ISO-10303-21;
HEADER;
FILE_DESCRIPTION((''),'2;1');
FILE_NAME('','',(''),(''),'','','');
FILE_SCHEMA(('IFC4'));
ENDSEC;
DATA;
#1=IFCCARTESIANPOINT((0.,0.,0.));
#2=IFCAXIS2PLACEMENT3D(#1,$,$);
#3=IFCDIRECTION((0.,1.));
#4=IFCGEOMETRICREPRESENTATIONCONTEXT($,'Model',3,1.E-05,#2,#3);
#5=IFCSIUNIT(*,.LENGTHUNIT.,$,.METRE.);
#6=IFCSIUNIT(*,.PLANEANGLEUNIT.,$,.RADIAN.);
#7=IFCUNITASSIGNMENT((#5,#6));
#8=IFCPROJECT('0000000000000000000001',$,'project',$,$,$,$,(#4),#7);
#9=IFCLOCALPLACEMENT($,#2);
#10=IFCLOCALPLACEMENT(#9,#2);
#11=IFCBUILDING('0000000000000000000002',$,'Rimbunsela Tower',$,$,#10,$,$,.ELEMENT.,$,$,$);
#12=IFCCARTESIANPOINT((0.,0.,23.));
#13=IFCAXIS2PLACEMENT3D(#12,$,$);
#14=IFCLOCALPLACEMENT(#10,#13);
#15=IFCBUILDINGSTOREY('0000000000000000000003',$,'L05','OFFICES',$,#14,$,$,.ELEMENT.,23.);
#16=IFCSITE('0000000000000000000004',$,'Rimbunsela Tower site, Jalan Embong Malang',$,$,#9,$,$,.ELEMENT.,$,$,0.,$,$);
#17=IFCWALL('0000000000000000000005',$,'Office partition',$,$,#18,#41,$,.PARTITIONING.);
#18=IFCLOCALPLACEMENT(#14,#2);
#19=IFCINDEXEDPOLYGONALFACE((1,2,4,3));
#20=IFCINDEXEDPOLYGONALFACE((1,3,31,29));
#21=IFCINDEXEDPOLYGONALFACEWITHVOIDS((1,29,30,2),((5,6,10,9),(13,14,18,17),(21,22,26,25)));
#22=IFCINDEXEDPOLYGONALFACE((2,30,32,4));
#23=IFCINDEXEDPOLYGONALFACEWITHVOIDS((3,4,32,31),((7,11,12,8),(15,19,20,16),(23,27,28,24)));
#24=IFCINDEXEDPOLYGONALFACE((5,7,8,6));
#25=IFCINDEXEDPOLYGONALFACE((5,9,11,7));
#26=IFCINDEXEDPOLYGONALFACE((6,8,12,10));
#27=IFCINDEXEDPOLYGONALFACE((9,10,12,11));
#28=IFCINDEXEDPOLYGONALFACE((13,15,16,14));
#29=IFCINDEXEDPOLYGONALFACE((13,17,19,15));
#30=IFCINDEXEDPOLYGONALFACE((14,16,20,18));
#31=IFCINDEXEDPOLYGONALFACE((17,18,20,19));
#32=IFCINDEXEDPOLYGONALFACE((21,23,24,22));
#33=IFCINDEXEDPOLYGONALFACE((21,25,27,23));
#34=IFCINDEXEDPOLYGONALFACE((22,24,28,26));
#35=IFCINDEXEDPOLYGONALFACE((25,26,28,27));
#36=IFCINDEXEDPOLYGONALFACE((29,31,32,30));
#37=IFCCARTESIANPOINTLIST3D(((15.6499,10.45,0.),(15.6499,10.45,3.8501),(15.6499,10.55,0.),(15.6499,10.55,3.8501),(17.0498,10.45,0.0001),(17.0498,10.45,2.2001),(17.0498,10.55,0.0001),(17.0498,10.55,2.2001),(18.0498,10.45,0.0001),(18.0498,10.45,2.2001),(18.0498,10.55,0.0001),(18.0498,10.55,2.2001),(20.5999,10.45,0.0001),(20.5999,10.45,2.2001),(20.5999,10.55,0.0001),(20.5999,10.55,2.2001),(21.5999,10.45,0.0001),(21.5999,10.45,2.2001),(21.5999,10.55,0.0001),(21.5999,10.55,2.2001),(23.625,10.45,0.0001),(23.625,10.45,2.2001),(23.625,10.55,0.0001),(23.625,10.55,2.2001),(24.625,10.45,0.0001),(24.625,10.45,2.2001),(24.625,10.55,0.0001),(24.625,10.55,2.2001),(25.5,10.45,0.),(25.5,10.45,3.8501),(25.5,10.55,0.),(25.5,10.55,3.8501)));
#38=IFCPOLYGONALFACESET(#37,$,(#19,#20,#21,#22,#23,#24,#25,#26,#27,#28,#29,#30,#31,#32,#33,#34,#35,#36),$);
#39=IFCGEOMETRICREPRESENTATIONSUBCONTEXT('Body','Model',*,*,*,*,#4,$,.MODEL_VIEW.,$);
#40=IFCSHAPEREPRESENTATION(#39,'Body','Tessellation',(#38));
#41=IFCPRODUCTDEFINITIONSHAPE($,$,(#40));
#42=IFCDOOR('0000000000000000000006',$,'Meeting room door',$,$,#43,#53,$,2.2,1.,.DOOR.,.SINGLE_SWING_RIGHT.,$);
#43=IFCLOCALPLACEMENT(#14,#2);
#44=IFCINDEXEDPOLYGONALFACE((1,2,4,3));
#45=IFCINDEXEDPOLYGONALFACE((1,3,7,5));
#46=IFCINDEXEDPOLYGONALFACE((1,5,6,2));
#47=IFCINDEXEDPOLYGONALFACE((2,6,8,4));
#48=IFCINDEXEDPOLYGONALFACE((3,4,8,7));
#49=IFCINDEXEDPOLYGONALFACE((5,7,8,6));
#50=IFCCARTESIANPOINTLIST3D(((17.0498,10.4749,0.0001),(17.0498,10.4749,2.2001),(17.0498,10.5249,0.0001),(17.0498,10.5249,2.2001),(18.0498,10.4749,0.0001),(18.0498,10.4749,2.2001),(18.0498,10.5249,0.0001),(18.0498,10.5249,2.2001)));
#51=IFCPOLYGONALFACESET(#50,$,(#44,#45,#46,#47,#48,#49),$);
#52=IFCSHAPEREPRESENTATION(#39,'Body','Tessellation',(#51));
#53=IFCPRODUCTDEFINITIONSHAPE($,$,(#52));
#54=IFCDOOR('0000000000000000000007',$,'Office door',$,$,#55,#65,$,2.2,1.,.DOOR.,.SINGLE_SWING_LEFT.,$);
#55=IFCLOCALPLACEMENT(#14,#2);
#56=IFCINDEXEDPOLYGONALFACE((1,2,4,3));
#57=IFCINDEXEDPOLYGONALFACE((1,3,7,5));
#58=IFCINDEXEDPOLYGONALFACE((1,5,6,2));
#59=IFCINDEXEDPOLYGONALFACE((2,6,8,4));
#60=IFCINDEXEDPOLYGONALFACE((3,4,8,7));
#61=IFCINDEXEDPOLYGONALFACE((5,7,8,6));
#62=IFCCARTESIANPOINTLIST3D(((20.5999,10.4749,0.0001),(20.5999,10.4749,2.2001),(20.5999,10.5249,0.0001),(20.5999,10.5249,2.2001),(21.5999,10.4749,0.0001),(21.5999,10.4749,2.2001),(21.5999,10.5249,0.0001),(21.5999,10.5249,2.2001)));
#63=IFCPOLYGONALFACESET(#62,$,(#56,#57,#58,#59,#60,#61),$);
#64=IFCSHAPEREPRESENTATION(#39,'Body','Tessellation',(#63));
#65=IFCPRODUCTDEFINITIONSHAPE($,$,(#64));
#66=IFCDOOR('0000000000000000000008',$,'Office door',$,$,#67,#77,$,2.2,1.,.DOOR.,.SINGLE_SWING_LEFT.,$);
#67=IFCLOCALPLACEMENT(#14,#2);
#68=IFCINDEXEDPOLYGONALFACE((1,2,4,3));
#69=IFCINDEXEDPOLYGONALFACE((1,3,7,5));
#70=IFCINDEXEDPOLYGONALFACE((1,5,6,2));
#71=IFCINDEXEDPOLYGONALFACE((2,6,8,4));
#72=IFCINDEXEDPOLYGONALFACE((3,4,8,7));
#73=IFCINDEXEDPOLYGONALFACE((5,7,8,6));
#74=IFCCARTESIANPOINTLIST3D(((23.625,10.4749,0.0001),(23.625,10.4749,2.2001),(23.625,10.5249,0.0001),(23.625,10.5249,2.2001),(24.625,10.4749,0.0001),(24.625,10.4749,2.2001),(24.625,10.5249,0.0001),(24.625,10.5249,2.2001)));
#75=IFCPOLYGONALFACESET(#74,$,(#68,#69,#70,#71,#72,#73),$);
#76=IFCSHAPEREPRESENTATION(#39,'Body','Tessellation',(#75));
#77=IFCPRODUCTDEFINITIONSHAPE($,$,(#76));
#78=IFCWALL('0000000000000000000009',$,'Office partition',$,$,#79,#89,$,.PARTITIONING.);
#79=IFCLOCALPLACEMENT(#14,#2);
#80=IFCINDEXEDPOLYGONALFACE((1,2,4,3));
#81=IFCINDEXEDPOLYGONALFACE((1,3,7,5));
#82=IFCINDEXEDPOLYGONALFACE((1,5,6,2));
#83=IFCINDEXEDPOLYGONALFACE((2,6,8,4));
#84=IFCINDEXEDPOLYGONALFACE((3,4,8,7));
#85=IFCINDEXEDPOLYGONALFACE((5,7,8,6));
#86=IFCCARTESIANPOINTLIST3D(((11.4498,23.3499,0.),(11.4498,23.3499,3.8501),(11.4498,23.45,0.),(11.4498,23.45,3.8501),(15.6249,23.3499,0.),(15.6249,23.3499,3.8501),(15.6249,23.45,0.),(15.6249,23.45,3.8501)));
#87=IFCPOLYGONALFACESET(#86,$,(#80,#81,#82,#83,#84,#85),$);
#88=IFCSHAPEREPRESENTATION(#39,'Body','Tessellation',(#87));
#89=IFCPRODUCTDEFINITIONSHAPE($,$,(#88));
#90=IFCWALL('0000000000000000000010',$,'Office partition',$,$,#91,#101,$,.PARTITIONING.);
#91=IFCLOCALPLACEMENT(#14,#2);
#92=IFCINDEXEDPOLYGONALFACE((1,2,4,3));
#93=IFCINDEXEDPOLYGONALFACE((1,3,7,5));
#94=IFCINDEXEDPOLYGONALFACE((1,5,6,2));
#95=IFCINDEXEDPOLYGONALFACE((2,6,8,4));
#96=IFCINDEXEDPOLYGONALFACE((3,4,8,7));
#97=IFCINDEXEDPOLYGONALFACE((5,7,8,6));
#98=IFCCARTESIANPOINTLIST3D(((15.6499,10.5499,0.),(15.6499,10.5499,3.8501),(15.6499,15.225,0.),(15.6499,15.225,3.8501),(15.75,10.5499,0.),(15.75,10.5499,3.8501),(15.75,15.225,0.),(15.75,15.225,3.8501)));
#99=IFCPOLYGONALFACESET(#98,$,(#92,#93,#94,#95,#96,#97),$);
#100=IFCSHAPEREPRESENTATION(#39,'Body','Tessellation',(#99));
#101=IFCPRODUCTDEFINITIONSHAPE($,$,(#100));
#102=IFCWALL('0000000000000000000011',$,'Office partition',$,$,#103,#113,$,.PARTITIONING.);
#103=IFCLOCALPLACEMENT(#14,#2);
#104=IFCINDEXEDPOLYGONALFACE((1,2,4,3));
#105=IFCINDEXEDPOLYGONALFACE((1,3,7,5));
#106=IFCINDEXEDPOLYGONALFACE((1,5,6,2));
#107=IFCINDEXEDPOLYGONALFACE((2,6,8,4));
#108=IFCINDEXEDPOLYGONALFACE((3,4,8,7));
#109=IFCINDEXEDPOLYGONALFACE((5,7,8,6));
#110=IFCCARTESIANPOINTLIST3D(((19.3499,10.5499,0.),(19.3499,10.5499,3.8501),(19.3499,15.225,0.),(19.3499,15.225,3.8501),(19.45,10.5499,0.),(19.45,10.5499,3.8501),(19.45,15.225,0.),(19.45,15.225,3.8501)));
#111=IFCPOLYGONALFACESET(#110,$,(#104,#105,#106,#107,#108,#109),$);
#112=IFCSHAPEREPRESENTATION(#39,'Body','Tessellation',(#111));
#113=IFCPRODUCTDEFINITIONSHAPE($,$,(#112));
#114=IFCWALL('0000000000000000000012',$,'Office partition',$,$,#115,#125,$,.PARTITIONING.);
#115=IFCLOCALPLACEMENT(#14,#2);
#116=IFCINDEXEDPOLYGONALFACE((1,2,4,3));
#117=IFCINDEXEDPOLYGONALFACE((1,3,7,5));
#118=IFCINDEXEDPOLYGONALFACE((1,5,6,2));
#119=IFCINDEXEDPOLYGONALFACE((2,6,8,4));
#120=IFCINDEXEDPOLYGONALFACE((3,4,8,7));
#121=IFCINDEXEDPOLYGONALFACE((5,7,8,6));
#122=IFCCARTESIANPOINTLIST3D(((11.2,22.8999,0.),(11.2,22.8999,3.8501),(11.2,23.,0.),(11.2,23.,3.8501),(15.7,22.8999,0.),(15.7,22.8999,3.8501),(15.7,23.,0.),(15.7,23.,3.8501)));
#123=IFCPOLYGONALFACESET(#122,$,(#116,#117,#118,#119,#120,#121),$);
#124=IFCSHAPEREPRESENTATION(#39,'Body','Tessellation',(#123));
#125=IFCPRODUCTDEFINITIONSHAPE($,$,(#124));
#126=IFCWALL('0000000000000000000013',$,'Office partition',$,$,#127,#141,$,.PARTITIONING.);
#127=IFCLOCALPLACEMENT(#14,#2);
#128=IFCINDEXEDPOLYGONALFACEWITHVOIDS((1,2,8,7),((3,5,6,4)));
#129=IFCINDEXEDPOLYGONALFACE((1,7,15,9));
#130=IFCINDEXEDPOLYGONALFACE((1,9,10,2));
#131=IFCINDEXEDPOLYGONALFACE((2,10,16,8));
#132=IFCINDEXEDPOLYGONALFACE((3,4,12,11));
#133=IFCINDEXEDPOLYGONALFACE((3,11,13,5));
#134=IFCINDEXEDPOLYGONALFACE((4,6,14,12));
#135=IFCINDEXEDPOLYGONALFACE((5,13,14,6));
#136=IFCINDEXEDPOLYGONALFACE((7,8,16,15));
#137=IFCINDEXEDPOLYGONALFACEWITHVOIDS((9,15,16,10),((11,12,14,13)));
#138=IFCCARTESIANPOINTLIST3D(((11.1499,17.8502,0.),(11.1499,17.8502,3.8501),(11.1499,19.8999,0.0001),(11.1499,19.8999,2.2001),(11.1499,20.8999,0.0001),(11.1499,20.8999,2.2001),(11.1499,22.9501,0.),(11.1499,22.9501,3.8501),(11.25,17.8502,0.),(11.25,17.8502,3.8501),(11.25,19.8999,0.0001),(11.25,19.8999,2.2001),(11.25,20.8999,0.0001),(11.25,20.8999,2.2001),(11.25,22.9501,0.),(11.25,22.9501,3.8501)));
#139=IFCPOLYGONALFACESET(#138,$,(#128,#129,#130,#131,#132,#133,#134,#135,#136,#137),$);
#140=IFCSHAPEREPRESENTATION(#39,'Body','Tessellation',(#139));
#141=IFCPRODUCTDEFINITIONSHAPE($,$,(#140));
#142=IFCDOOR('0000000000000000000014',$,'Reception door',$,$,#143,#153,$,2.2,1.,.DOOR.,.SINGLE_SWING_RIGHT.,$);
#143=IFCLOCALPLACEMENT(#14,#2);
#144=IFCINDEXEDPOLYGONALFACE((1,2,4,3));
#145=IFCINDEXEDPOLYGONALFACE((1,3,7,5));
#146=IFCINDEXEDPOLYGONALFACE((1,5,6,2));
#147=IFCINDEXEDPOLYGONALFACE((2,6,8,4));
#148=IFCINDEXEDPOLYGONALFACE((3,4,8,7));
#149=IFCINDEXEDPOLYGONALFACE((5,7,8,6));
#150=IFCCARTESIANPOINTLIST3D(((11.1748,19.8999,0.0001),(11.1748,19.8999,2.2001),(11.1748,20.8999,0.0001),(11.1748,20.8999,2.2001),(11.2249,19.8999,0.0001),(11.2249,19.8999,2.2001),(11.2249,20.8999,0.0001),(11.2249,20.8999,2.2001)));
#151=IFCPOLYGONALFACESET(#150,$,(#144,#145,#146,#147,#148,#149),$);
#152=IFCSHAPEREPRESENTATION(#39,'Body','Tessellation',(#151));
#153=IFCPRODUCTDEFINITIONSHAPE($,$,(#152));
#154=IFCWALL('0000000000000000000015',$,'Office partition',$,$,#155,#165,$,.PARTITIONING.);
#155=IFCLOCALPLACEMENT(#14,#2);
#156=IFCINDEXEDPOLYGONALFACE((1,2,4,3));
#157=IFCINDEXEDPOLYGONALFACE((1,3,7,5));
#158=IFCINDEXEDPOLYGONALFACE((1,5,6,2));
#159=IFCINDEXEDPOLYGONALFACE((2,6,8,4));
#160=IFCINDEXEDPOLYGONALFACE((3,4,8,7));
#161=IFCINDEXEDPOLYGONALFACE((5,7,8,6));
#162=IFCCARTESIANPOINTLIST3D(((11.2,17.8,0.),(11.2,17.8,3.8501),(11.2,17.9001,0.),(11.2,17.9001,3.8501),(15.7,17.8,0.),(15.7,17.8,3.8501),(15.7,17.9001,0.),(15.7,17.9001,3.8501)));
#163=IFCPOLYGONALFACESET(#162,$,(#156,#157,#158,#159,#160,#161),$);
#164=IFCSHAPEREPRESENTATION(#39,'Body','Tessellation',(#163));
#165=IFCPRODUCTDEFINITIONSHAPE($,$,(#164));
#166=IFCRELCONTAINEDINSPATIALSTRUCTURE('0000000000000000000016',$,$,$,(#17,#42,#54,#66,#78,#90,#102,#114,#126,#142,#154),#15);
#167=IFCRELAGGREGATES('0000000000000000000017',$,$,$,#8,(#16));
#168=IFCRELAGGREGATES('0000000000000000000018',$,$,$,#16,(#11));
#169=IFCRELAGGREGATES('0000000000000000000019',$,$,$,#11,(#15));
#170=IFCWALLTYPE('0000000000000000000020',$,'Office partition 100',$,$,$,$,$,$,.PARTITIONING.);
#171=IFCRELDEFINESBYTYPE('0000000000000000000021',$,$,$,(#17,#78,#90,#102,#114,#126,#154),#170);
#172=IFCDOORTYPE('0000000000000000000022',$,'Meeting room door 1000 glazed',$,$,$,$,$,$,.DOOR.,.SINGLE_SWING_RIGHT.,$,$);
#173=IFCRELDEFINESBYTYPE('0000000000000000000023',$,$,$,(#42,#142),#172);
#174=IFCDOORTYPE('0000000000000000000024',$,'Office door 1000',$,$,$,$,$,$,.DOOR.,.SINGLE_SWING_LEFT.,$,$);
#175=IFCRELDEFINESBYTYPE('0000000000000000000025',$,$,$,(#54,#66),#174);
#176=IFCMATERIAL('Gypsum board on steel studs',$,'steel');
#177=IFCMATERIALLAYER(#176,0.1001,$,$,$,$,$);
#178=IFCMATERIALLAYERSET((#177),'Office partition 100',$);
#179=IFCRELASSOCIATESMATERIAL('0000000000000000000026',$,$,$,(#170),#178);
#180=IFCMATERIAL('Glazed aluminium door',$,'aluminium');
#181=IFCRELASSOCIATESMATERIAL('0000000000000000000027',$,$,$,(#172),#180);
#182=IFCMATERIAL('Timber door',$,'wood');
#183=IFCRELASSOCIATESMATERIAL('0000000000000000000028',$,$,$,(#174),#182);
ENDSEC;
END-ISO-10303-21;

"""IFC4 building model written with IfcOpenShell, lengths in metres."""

from ifc_helpers import new_model, si_unit, direction, frame, frame_2d, origin, place, context, subcontext, project, spatial, rectangle, extrude, material, layer, layer_set, type_object, element, fill, save


model = new_model("IFC4")

# Units and contexts
model_context = context("Model", 3, precision=1e-05, world=origin(), true_north=direction((0.0, 1.0)))
body_context = subcontext(model_context, "Body", "Model", "MODEL_VIEW")
ifc_project = project(units=[si_unit("LENGTHUNIT", "METRE"), si_unit("PLANEANGLEUNIT", "RADIAN")], contexts=[model_context])

# Site, building, storey
site_placement = place(None, origin())
site = spatial("IfcSite", under=ifc_project, at=site_placement, Name="Rimbunsela Tower site, Jalan Embong Malang", CompositionType="ELEMENT", RefElevation=0.0)
building_placement = place(site_placement, origin())
building = spatial("IfcBuilding", under=site, at=building_placement, Name="Rimbunsela Tower", CompositionType="ELEMENT")
storey_placement = place(building_placement, frame((0.0, 0.0, 23.0)))
storey = spatial("IfcBuildingStorey", under=building, at=storey_placement, Name="L05", Description="OFFICES", CompositionType="ELEMENT", Elevation=23.0)

# Wall, openings, doors
ifc_material_1 = material(Name="Gypsum board on steel studs", Category="steel")
ifc_layer_1 = layer(ifc_material_1, 0.1001)
ifc_layer_set_1 = layer_set([ifc_layer_1], Name="Office partition 100")
wall_type_1 = type_object("IfcWallType", Name="Office partition 100", PredefinedType="PARTITIONING", material=ifc_layer_set_1)
wall_1_placement = place(storey_placement, frame((15.6499, 10.5, 0.0), z_axis=(0.0, 0.0, 1.0), x_axis=(1.0, 0.0, 0.0)))
wall_1 = element("IfcWall", 1, at=wall_1_placement, inside=storey, type_object=wall_type_1, Name="Office partition", PredefinedType="PARTITIONING", context=body_context, shape_type="SweptSolid", body=[
    extrude(rectangle(XDim=9.8501, YDim=0.1001, at=frame_2d((4.925, 0.0))), origin(), (0.0, 0.0, 1.0), 3.8501),
])
opening_1_placement = place(wall_1_placement, frame((1.3999, 0.0, 0.0)))
opening_1 = element("IfcOpeningElement", 2, at=opening_1_placement, cuts=wall_1, PredefinedType="OPENING", context=body_context, shape_type="SweptSolid", body=[
    extrude(rectangle(XDim=1.0, YDim=2.2, at=frame_2d((0.5, 1.1001))), frame((0.0, 0.0601, 0.0), z_axis=(0.0, -1.0, 0.0), x_axis=(1.0, 0.0, 0.0)), (0.0, 0.0, 1.0), 0.1201),
])
opening_2_placement = place(wall_1_placement, frame((4.95, 0.0, 0.0)))
opening_2 = element("IfcOpeningElement", 3, at=opening_2_placement, cuts=wall_1, PredefinedType="OPENING", context=body_context, shape_type="SweptSolid", body=[
    extrude(rectangle(XDim=1.0, YDim=2.2, at=frame_2d((0.5, 1.1001))), frame((0.0, 0.0601, 0.0), z_axis=(0.0, -1.0, 0.0), x_axis=(1.0, 0.0, 0.0)), (0.0, 0.0, 1.0), 0.1201),
])
opening_3_placement = place(wall_1_placement, frame((7.9751, 0.0, 0.0)))
opening_3 = element("IfcOpeningElement", 4, at=opening_3_placement, cuts=wall_1, PredefinedType="OPENING", context=body_context, shape_type="SweptSolid", body=[
    extrude(rectangle(XDim=1.0, YDim=2.2, at=frame_2d((0.5, 1.1001))), frame((0.0, 0.0601, 0.0), z_axis=(0.0, -1.0, 0.0), x_axis=(1.0, 0.0, 0.0)), (0.0, 0.0, 1.0), 0.1201),
])
ifc_material_2 = material(Name="Glazed aluminium door", Category="aluminium")
door_type_1 = type_object("IfcDoorType", Name="Meeting room door 1000 glazed", OperationType="SINGLE_SWING_RIGHT", PredefinedType="DOOR", material=ifc_material_2)
door_1_placement = place(opening_1_placement, origin())
door_1 = element("IfcDoor", 5, at=door_1_placement, inside=storey, type_object=door_type_1, Name="Meeting room door", OperationType="SINGLE_SWING_RIGHT", OverallHeight=2.2, OverallWidth=1.0, PredefinedType="DOOR", context=body_context, shape_type="SweptSolid", body=[
    extrude(rectangle(XDim=1.0, YDim=2.2, at=frame_2d((0.5, 1.1001))), frame((0.0, 0.0249, 0.0), z_axis=(0.0, -1.0, 0.0), x_axis=(1.0, 0.0, 0.0)), (0.0, 0.0, 1.0), 0.05),
])
fill(opening_1, door_1)
ifc_material_3 = material(Name="Timber door", Category="wood")
door_type_2 = type_object("IfcDoorType", Name="Office door 1000", OperationType="SINGLE_SWING_LEFT", PredefinedType="DOOR", material=ifc_material_3)
door_2_placement = place(opening_2_placement, origin())
door_2 = element("IfcDoor", 6, at=door_2_placement, inside=storey, type_object=door_type_2, Name="Office door", OperationType="SINGLE_SWING_LEFT", OverallHeight=2.2, OverallWidth=1.0, PredefinedType="DOOR", context=body_context, shape_type="SweptSolid", body=[
    extrude(rectangle(XDim=1.0, YDim=2.2, at=frame_2d((0.5, 1.1001))), frame((0.0, 0.0249, 0.0), z_axis=(0.0, -1.0, 0.0), x_axis=(1.0, 0.0, 0.0)), (0.0, 0.0, 1.0), 0.05),
])
fill(opening_2, door_2)
door_3_placement = place(opening_3_placement, origin())
door_3 = element("IfcDoor", 7, at=door_3_placement, inside=storey, type_object=door_type_2, Name="Office door", OperationType="SINGLE_SWING_LEFT", OverallHeight=2.2, OverallWidth=1.0, PredefinedType="DOOR", context=body_context, shape_type="SweptSolid", body=[
    extrude(rectangle(XDim=1.0, YDim=2.2, at=frame_2d((0.5, 1.1001))), frame((0.0, 0.0249, 0.0), z_axis=(0.0, -1.0, 0.0), x_axis=(1.0, 0.0, 0.0)), (0.0, 0.0, 1.0), 0.05),
])
fill(opening_3, door_3)

# Walls
wall_2_placement = place(storey_placement, frame((11.45, 23.3999, 0.0), z_axis=(0.0, 0.0, 1.0), x_axis=(1.0, 0.0, 0.0)))
element("IfcWall", 8, at=wall_2_placement, inside=storey, type_object=wall_type_1, Name="Office partition", PredefinedType="PARTITIONING", context=body_context, shape_type="SweptSolid", body=[
    extrude(rectangle(XDim=4.175, YDim=0.1001, at=frame_2d((2.0874, 0.0))), origin(), (0.0, 0.0, 1.0), 3.8501),
])
for number, where, z_axis, x_axis, name in (
    (9, (15.7, 10.55, 0.0), (0.0, 0.0, 1.0), (0.0, 1.0, 0.0), "Office partition"),
    (10, (19.3999, 10.55, 0.0), (0.0, 0.0, 1.0), (0.0, 1.0, 0.0), "Office partition"),
):
    element("IfcWall", number, at=place(storey_placement, frame(where, z_axis=z_axis, x_axis=x_axis)), inside=storey, type_object=wall_type_1, Name=name, PredefinedType="PARTITIONING", context=body_context, shape_type="SweptSolid", body=[
        extrude(rectangle(XDim=4.675, YDim=0.1001, at=frame_2d((2.3374, 0.0))), origin(), (0.0, 0.0, 1.0), 3.8501),
    ])
wall_3_placement = place(storey_placement, frame((15.7, 22.95, 0.0), z_axis=(0.0, 0.0, 1.0), x_axis=(-1.0, 0.0, 0.0)))
element("IfcWall", 11, at=wall_3_placement, inside=storey, type_object=wall_type_1, Name="Office partition", PredefinedType="PARTITIONING", context=body_context, shape_type="SweptSolid", body=[
    extrude(rectangle(XDim=4.5, YDim=0.1001, at=frame_2d((2.25, 0.0))), origin(), (0.0, 0.0, 1.0), 3.8501),
])

# Wall, opening, door
wall_4_placement = place(storey_placement, frame((11.2, 22.95, 0.0), z_axis=(0.0, 0.0, 1.0), x_axis=(0.0, -1.0, 0.0)))
wall_4 = element("IfcWall", 12, at=wall_4_placement, inside=storey, type_object=wall_type_1, Name="Office partition", PredefinedType="PARTITIONING", context=body_context, shape_type="SweptSolid", body=[
    extrude(rectangle(XDim=5.0999, YDim=0.1001, at=frame_2d((2.5498, 0.0))), origin(), (0.0, 0.0, 1.0), 3.8501),
])
opening_4_placement = place(wall_4_placement, frame((2.05, 0.0, 0.0)))
opening_4 = element("IfcOpeningElement", 13, at=opening_4_placement, cuts=wall_4, PredefinedType="OPENING", context=body_context, shape_type="SweptSolid", body=[
    extrude(rectangle(XDim=1.0, YDim=2.2, at=frame_2d((0.5, 1.1001))), frame((0.0, 0.0601, 0.0), z_axis=(0.0, -1.0, 0.0), x_axis=(1.0, 0.0, 0.0)), (0.0, 0.0, 1.0), 0.1201),
])
door_4_placement = place(opening_4_placement, origin())
door_4 = element("IfcDoor", 14, at=door_4_placement, inside=storey, type_object=door_type_1, Name="Reception door", OperationType="SINGLE_SWING_RIGHT", OverallHeight=2.2, OverallWidth=1.0, PredefinedType="DOOR", context=body_context, shape_type="SweptSolid", body=[
    extrude(rectangle(XDim=1.0, YDim=2.2, at=frame_2d((0.5, 1.1001))), frame((0.0, 0.0249, 0.0), z_axis=(0.0, -1.0, 0.0), x_axis=(1.0, 0.0, 0.0)), (0.0, 0.0, 1.0), 0.05),
])
fill(opening_4, door_4)

# Wall
wall_5_placement = place(storey_placement, frame((11.2, 17.8501, 0.0), z_axis=(0.0, 0.0, 1.0), x_axis=(1.0, 0.0, 0.0)))
element("IfcWall", 15, at=wall_5_placement, inside=storey, type_object=wall_type_1, Name="Office partition", PredefinedType="PARTITIONING", context=body_context, shape_type="SweptSolid", body=[
    extrude(rectangle(XDim=4.5, YDim=0.1001, at=frame_2d((2.25, 0.0))), origin(), (0.0, 0.0, 1.0), 3.8501),
])

save(model, "model.ifc")
